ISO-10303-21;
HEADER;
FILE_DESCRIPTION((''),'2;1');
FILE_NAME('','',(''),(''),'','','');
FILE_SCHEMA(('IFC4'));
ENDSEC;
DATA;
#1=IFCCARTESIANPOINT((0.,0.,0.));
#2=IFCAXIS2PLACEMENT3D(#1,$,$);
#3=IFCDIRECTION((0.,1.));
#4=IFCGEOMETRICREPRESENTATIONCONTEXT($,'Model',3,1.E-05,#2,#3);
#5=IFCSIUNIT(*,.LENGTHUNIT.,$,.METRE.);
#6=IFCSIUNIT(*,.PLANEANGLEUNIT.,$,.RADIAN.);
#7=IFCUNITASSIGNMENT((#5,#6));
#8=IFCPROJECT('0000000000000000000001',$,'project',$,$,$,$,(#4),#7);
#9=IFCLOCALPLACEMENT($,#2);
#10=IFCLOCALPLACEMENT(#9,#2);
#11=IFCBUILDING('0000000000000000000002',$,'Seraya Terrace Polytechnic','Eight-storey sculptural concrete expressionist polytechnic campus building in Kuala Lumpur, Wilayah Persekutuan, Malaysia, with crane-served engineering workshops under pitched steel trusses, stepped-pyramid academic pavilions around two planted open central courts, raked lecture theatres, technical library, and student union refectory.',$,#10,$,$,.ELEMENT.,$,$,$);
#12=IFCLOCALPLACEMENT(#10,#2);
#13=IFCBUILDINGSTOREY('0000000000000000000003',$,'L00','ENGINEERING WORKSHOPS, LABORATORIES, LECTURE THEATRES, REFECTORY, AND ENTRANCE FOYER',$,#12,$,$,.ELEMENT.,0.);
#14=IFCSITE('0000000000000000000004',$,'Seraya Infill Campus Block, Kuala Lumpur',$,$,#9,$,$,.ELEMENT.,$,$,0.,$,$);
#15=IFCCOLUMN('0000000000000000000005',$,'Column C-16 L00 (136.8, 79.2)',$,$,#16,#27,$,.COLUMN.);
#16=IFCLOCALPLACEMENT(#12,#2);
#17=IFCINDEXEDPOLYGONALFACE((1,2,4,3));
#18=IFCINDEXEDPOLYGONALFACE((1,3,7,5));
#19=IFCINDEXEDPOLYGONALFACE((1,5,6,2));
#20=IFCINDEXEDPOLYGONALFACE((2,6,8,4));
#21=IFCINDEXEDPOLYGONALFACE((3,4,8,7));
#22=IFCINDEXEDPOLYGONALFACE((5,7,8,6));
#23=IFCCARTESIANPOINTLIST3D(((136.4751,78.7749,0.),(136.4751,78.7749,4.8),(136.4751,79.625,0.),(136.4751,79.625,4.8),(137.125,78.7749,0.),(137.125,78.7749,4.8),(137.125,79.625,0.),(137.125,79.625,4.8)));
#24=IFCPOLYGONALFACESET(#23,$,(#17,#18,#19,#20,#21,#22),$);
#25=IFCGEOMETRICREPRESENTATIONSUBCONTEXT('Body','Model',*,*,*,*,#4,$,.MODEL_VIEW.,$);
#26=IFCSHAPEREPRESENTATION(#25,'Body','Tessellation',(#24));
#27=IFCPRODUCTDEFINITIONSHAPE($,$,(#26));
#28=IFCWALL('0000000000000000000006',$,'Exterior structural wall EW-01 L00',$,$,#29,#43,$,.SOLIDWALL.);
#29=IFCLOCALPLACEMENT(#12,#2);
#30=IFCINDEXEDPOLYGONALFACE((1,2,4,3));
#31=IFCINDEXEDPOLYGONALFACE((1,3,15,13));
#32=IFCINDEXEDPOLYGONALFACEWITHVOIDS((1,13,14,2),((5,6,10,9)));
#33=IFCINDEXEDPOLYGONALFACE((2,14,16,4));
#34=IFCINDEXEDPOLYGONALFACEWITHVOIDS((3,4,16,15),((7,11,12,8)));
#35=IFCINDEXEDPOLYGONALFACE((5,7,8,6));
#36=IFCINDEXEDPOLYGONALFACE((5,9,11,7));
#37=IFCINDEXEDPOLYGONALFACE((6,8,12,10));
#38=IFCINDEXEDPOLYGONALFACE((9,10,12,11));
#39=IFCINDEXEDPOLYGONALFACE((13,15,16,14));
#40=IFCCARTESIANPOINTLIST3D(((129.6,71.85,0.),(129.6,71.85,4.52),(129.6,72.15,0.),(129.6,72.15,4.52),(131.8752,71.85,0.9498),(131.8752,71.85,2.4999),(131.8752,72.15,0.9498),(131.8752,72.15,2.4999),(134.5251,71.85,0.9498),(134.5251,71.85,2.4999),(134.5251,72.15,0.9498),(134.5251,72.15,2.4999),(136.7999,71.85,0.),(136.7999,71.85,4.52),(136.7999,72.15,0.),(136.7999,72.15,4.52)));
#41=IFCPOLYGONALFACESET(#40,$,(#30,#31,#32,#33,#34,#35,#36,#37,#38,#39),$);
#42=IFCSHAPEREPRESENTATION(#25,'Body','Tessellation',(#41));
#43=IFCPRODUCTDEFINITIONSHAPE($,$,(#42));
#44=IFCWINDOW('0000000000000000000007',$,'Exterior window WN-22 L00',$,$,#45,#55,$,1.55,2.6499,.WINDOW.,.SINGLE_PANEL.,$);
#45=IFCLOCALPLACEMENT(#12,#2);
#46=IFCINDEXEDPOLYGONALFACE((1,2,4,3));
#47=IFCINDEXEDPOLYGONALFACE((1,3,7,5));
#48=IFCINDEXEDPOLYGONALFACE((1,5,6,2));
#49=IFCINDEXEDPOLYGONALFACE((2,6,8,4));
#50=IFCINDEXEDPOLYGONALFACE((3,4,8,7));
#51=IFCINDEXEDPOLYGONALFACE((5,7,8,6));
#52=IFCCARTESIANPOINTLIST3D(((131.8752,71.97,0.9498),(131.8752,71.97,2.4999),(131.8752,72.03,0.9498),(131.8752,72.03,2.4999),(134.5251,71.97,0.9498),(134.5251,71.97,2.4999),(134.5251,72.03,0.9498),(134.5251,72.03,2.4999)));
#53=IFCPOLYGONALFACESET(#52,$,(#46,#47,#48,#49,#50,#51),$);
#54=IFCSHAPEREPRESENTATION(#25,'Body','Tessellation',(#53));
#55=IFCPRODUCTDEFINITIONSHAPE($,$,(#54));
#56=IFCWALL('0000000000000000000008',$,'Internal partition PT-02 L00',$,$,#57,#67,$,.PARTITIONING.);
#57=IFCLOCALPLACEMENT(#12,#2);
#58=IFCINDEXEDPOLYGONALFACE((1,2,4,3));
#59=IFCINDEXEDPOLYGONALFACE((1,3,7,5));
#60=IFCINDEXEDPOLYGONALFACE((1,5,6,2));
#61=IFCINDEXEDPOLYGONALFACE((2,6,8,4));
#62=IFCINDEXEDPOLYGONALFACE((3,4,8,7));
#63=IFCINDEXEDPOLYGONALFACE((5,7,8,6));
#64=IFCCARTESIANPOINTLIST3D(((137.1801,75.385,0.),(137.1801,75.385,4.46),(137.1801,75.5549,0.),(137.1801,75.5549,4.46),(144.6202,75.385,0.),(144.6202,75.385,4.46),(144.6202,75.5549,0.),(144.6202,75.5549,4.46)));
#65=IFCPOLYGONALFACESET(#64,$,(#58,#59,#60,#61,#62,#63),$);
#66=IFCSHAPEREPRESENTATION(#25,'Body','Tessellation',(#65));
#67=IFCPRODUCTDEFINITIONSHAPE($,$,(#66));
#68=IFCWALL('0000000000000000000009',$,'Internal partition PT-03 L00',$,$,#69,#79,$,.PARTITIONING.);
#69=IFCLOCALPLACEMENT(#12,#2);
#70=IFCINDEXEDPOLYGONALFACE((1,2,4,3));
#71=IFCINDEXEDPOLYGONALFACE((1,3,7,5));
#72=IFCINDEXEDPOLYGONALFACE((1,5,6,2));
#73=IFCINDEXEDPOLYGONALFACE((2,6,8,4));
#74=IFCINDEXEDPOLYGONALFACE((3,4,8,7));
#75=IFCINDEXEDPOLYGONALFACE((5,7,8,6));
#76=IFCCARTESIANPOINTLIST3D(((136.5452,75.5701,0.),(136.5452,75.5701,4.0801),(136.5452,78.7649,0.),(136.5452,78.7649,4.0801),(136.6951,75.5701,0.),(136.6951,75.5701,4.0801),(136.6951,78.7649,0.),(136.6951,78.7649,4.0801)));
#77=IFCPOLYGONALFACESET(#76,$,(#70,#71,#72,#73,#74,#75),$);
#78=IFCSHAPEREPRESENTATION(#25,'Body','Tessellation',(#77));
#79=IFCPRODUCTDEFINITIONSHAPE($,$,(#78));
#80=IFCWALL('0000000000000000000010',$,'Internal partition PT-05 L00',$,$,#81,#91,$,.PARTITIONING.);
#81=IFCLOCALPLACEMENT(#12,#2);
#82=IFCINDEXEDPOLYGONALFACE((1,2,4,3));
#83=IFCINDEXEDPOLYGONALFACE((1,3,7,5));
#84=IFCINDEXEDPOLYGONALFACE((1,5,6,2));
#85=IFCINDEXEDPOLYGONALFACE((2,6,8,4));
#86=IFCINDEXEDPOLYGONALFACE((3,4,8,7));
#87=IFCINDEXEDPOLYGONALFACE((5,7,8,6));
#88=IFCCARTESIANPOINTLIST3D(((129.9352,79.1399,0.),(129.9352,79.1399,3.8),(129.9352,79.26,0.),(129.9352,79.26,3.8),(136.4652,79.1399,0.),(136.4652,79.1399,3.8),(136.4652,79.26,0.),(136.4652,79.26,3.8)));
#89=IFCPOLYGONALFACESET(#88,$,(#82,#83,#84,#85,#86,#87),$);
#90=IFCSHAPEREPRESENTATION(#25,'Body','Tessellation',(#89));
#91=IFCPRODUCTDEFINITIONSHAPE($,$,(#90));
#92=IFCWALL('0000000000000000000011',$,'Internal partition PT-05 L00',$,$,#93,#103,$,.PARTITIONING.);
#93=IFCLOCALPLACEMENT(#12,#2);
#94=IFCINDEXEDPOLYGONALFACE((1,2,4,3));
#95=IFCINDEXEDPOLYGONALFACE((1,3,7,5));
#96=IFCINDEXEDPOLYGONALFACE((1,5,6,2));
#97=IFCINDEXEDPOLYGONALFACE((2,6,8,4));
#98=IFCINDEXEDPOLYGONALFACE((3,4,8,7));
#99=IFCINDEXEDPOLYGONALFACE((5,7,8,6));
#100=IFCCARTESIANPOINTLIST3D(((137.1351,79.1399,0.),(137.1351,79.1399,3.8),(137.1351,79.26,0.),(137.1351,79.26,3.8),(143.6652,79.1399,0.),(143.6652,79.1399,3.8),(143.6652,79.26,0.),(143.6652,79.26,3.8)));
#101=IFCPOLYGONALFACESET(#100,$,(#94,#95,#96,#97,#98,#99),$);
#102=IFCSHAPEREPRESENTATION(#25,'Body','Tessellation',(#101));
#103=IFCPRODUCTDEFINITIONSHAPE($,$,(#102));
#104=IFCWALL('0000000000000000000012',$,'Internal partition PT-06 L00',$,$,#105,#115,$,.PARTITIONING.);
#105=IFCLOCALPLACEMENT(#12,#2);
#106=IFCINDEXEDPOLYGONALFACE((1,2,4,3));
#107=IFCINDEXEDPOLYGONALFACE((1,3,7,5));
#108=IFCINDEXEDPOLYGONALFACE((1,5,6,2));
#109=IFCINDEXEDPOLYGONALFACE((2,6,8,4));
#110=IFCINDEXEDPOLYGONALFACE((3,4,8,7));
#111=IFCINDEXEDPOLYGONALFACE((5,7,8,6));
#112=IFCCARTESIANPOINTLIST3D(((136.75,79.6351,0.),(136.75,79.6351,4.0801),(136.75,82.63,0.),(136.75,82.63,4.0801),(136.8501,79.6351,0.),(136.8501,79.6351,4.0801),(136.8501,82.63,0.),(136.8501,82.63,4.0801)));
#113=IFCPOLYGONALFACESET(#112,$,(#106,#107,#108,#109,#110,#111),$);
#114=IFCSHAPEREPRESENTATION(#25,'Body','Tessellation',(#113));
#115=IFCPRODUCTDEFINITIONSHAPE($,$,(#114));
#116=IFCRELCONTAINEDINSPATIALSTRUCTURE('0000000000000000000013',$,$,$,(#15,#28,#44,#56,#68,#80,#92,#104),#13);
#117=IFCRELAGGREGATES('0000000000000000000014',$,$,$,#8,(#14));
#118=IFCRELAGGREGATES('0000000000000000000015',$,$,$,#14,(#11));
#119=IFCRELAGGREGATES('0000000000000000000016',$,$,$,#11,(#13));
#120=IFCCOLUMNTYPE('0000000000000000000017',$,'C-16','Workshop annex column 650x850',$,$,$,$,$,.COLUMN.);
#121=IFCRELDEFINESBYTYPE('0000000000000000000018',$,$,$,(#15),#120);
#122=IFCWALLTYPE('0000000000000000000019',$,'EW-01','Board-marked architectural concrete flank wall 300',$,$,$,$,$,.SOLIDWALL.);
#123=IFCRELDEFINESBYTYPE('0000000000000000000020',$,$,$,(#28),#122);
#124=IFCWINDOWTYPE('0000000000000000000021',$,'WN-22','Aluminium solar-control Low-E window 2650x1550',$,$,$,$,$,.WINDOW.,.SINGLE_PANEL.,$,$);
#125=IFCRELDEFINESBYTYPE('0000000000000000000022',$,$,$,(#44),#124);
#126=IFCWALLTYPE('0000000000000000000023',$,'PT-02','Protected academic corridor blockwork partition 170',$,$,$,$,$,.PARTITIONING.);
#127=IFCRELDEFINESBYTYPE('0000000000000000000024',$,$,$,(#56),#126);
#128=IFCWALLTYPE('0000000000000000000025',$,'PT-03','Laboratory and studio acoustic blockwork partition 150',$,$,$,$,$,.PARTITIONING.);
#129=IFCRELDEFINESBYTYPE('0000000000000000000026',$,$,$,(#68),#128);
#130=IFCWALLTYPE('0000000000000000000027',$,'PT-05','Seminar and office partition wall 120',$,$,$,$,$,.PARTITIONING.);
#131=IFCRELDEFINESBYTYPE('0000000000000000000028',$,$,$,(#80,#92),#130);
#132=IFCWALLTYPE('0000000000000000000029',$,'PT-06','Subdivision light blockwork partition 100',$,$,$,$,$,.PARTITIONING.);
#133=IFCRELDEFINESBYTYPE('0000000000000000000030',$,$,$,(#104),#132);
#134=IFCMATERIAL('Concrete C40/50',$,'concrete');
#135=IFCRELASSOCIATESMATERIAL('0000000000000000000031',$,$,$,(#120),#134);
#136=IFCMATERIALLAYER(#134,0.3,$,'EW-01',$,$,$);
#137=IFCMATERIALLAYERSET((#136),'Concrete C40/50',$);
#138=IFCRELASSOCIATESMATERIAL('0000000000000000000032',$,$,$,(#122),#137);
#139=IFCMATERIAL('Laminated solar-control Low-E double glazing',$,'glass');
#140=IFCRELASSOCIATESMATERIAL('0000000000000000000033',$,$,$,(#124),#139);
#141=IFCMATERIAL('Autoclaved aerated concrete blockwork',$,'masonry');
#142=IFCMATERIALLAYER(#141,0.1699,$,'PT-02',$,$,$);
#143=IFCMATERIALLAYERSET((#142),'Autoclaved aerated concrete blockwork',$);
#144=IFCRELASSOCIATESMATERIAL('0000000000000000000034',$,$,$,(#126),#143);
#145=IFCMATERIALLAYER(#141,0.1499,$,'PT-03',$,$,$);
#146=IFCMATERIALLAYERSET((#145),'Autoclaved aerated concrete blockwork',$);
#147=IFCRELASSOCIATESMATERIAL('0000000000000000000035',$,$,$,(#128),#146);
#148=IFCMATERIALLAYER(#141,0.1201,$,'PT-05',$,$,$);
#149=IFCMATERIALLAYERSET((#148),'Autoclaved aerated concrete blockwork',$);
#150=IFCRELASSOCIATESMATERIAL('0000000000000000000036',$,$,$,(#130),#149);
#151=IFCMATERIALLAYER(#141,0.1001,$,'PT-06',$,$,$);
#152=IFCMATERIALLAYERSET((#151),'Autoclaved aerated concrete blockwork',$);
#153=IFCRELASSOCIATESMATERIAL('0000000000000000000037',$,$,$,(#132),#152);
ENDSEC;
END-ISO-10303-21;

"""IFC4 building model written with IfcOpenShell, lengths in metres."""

from ifc_helpers import new_model, si_unit, direction, frame, frame_2d, origin, origin_2d, place, context, subcontext, project, spatial, rectangle, extrude, material, layer, layer_set, material_profile, profile_set, type_object, element, fill, save


model = new_model("IFC4")

# Units and contexts
model_context = context("Model", 3, precision=1e-05, world=origin(), true_north=direction((0.0, 1.0)))
body_context = subcontext(model_context, "Body", "Model", "MODEL_VIEW")
ifc_project = project(units=[si_unit("LENGTHUNIT", "METRE"), si_unit("PLANEANGLEUNIT", "RADIAN")], contexts=[model_context])

# Site, building, storey
site_placement = place(None, origin())
site = spatial("IfcSite", under=ifc_project, at=site_placement, Name="Seraya Infill Campus Block, Kuala Lumpur", CompositionType="ELEMENT", RefElevation=0.0)
building_placement = place(site_placement, origin())
building = spatial("IfcBuilding", under=site, at=building_placement, Name="Seraya Terrace Polytechnic", Description="Eight-storey sculptural concrete expressionist polytechnic campus building in Kuala Lumpur, Wilayah Persekutuan, Malaysia, with crane-served engineering workshops under pitched steel trusses, stepped-pyramid academic pavilions around two planted open central courts, raked lecture theatres, technical library, and student union refectory.", CompositionType="ELEMENT")
storey_placement = place(building_placement, origin())
storey = spatial("IfcBuildingStorey", under=building, at=storey_placement, Name="L00", Description="ENGINEERING WORKSHOPS, LABORATORIES, LECTURE THEATRES, REFECTORY, AND ENTRANCE FOYER", CompositionType="ELEMENT", Elevation=0.0)

# Shared definitions
ifc_material_1 = material(Name="Concrete C40/50", Category="concrete")

# Column
ifc_material_profile_1 = material_profile(ifc_material_1, rectangle(XDim=0.6499, YDim=0.8501, at=origin_2d()), Name="RC 650x850")
ifc_profile_set_1 = profile_set([ifc_material_profile_1], Name="Concrete C40/50")
column_type_1 = type_object("IfcColumnType", Name="C-16", Description="Workshop annex column 650x850", PredefinedType="COLUMN", material=ifc_profile_set_1)
column_1_placement = place(storey_placement, frame((136.8, 79.2, 0.0), z_axis=(0.0, 0.0, 1.0), x_axis=(1.0, 0.0, 0.0)))
element("IfcColumn", 1, at=column_1_placement, inside=storey, type_object=column_type_1, Name="Column C-16 L00 (136.8, 79.2)", PredefinedType="COLUMN", context=body_context, shape_type="SweptSolid", body=[
    extrude(rectangle(XDim=0.6499, YDim=0.8501, at=origin_2d()), origin(), (0.0, 0.0, 1.0), 4.8),
])

# Wall, opening, window
ifc_layer_1 = layer(ifc_material_1, 0.3, Name="EW-01")
ifc_layer_set_1 = layer_set([ifc_layer_1], Name="Concrete C40/50")
wall_type_1 = type_object("IfcWallType", Name="EW-01", Description="Board-marked architectural concrete flank wall 300", PredefinedType="SOLIDWALL", material=ifc_layer_set_1)
wall_1_placement = place(storey_placement, frame((136.8, 72.0, 0.0), z_axis=(0.0, 0.0, 1.0), x_axis=(-1.0, 0.0, 0.0)))
wall_1 = element("IfcWall", 2, at=wall_1_placement, inside=storey, type_object=wall_type_1, Name="Exterior structural wall EW-01 L00", PredefinedType="SOLIDWALL", context=body_context, shape_type="SweptSolid", body=[
    extrude(rectangle(XDim=7.2, YDim=0.3, at=frame_2d((3.6001, 0.0))), origin(), (0.0, 0.0, 1.0), 4.52),
])
opening_placement = place(wall_1_placement, frame((2.2749, 0.0, 0.95)))
opening = element("IfcOpeningElement", 3, at=opening_placement, cuts=wall_1, PredefinedType="OPENING", context=body_context, shape_type="SweptSolid", body=[
    extrude(rectangle(XDim=2.6499, YDim=1.55, at=frame_2d((1.325, 0.7749))), frame((0.0, 0.1621, 0.0), z_axis=(0.0, -1.0, 0.0), x_axis=(1.0, 0.0, 0.0)), (0.0, 0.0, 1.0), 0.324),
])
ifc_material_2 = material(Name="Laminated solar-control Low-E double glazing", Category="glass")
window_type = type_object("IfcWindowType", Name="WN-22", Description="Aluminium solar-control Low-E window 2650x1550", PartitioningType="SINGLE_PANEL", PredefinedType="WINDOW", material=ifc_material_2)
window_placement = place(opening_placement, origin())
window = element("IfcWindow", 4, at=window_placement, inside=storey, type_object=window_type, Name="Exterior window WN-22 L00", OverallHeight=1.55, OverallWidth=2.6499, PartitioningType="SINGLE_PANEL", PredefinedType="WINDOW", context=body_context, shape_type="SweptSolid", body=[
    extrude(rectangle(XDim=2.6499, YDim=1.55, at=frame_2d((1.325, 0.7749))), frame((0.0, 0.03, 0.0), z_axis=(0.0, -1.0, 0.0), x_axis=(1.0, 0.0, 0.0)), (0.0, 0.0, 1.0), 0.0601),
])
fill(opening, window)

# Walls
ifc_material_3 = material(Name="Autoclaved aerated concrete blockwork", Category="masonry")
ifc_layer_2 = layer(ifc_material_3, 0.1699, Name="PT-02")
ifc_layer_set_2 = layer_set([ifc_layer_2], Name="Autoclaved aerated concrete blockwork")
wall_type_2 = type_object("IfcWallType", Name="PT-02", Description="Protected academic corridor blockwork partition 170", PredefinedType="PARTITIONING", material=ifc_layer_set_2)
wall_2_placement = place(storey_placement, frame((137.1799, 75.47, 0.0), z_axis=(0.0, 0.0, 1.0), x_axis=(1.0, 0.0, 0.0)))
element("IfcWall", 5, at=wall_2_placement, inside=storey, type_object=wall_type_2, Name="Internal partition PT-02 L00", PredefinedType="PARTITIONING", context=body_context, shape_type="SweptSolid", body=[
    extrude(rectangle(XDim=7.4402, YDim=0.1699, at=frame_2d((3.7202, 0.0))), origin(), (0.0, 0.0, 1.0), 4.46),
])
ifc_layer_3 = layer(ifc_material_3, 0.1499, Name="PT-03")
ifc_layer_set_3 = layer_set([ifc_layer_3], Name="Autoclaved aerated concrete blockwork")
wall_type_3 = type_object("IfcWallType", Name="PT-03", Description="Laboratory and studio acoustic blockwork partition 150", PredefinedType="PARTITIONING", material=ifc_layer_set_3)
wall_3_placement = place(storey_placement, frame((136.6201, 75.5701, 0.0), z_axis=(0.0, 0.0, 1.0), x_axis=(0.0, 1.0, 0.0)))
element("IfcWall", 6, at=wall_3_placement, inside=storey, type_object=wall_type_3, Name="Internal partition PT-03 L00", PredefinedType="PARTITIONING", context=body_context, shape_type="SweptSolid", body=[
    extrude(rectangle(XDim=3.1948, YDim=0.1499, at=frame_2d((1.5974, 0.0))), origin(), (0.0, 0.0, 1.0), 4.0801),
])
ifc_layer_4 = layer(ifc_material_3, 0.1201, Name="PT-05")
ifc_layer_set_4 = layer_set([ifc_layer_4], Name="Autoclaved aerated concrete blockwork")
wall_type_4 = type_object("IfcWallType", Name="PT-05", Description="Seminar and office partition wall 120", PredefinedType="PARTITIONING", material=ifc_layer_set_4)
for number, where, z_axis, x_axis, name in (
    (7, (129.9351, 79.2, 0.0), (0.0, 0.0, 1.0), (1.0, 0.0, 0.0), "Internal partition PT-05 L00"),
    (8, (137.135, 79.2, 0.0), (0.0, 0.0, 1.0), (1.0, 0.0, 0.0), "Internal partition PT-05 L00"),
):
    element("IfcWall", number, at=place(storey_placement, frame(where, z_axis=z_axis, x_axis=x_axis)), inside=storey, type_object=wall_type_4, Name=name, PredefinedType="PARTITIONING", context=body_context, shape_type="SweptSolid", body=[
        extrude(rectangle(XDim=6.53, YDim=0.1201, at=frame_2d((3.2651, 0.0))), origin(), (0.0, 0.0, 1.0), 3.8),
    ])
ifc_layer_5 = layer(ifc_material_3, 0.1001, Name="PT-06")
ifc_layer_set_5 = layer_set([ifc_layer_5], Name="Autoclaved aerated concrete blockwork")
wall_type_5 = type_object("IfcWallType", Name="PT-06", Description="Subdivision light blockwork partition 100", PredefinedType="PARTITIONING", material=ifc_layer_set_5)
wall_4_placement = place(storey_placement, frame((136.8, 79.635, 0.0), z_axis=(0.0, 0.0, 1.0), x_axis=(0.0, 1.0, 0.0)))
element("IfcWall", 9, at=wall_4_placement, inside=storey, type_object=wall_type_5, Name="Internal partition PT-06 L00", PredefinedType="PARTITIONING", context=body_context, shape_type="SweptSolid", body=[
    extrude(rectangle(XDim=2.9949, YDim=0.1001, at=frame_2d((1.4976, 0.0))), origin(), (0.0, 0.0, 1.0), 4.0801),
])

save(model, "model.ifc")
